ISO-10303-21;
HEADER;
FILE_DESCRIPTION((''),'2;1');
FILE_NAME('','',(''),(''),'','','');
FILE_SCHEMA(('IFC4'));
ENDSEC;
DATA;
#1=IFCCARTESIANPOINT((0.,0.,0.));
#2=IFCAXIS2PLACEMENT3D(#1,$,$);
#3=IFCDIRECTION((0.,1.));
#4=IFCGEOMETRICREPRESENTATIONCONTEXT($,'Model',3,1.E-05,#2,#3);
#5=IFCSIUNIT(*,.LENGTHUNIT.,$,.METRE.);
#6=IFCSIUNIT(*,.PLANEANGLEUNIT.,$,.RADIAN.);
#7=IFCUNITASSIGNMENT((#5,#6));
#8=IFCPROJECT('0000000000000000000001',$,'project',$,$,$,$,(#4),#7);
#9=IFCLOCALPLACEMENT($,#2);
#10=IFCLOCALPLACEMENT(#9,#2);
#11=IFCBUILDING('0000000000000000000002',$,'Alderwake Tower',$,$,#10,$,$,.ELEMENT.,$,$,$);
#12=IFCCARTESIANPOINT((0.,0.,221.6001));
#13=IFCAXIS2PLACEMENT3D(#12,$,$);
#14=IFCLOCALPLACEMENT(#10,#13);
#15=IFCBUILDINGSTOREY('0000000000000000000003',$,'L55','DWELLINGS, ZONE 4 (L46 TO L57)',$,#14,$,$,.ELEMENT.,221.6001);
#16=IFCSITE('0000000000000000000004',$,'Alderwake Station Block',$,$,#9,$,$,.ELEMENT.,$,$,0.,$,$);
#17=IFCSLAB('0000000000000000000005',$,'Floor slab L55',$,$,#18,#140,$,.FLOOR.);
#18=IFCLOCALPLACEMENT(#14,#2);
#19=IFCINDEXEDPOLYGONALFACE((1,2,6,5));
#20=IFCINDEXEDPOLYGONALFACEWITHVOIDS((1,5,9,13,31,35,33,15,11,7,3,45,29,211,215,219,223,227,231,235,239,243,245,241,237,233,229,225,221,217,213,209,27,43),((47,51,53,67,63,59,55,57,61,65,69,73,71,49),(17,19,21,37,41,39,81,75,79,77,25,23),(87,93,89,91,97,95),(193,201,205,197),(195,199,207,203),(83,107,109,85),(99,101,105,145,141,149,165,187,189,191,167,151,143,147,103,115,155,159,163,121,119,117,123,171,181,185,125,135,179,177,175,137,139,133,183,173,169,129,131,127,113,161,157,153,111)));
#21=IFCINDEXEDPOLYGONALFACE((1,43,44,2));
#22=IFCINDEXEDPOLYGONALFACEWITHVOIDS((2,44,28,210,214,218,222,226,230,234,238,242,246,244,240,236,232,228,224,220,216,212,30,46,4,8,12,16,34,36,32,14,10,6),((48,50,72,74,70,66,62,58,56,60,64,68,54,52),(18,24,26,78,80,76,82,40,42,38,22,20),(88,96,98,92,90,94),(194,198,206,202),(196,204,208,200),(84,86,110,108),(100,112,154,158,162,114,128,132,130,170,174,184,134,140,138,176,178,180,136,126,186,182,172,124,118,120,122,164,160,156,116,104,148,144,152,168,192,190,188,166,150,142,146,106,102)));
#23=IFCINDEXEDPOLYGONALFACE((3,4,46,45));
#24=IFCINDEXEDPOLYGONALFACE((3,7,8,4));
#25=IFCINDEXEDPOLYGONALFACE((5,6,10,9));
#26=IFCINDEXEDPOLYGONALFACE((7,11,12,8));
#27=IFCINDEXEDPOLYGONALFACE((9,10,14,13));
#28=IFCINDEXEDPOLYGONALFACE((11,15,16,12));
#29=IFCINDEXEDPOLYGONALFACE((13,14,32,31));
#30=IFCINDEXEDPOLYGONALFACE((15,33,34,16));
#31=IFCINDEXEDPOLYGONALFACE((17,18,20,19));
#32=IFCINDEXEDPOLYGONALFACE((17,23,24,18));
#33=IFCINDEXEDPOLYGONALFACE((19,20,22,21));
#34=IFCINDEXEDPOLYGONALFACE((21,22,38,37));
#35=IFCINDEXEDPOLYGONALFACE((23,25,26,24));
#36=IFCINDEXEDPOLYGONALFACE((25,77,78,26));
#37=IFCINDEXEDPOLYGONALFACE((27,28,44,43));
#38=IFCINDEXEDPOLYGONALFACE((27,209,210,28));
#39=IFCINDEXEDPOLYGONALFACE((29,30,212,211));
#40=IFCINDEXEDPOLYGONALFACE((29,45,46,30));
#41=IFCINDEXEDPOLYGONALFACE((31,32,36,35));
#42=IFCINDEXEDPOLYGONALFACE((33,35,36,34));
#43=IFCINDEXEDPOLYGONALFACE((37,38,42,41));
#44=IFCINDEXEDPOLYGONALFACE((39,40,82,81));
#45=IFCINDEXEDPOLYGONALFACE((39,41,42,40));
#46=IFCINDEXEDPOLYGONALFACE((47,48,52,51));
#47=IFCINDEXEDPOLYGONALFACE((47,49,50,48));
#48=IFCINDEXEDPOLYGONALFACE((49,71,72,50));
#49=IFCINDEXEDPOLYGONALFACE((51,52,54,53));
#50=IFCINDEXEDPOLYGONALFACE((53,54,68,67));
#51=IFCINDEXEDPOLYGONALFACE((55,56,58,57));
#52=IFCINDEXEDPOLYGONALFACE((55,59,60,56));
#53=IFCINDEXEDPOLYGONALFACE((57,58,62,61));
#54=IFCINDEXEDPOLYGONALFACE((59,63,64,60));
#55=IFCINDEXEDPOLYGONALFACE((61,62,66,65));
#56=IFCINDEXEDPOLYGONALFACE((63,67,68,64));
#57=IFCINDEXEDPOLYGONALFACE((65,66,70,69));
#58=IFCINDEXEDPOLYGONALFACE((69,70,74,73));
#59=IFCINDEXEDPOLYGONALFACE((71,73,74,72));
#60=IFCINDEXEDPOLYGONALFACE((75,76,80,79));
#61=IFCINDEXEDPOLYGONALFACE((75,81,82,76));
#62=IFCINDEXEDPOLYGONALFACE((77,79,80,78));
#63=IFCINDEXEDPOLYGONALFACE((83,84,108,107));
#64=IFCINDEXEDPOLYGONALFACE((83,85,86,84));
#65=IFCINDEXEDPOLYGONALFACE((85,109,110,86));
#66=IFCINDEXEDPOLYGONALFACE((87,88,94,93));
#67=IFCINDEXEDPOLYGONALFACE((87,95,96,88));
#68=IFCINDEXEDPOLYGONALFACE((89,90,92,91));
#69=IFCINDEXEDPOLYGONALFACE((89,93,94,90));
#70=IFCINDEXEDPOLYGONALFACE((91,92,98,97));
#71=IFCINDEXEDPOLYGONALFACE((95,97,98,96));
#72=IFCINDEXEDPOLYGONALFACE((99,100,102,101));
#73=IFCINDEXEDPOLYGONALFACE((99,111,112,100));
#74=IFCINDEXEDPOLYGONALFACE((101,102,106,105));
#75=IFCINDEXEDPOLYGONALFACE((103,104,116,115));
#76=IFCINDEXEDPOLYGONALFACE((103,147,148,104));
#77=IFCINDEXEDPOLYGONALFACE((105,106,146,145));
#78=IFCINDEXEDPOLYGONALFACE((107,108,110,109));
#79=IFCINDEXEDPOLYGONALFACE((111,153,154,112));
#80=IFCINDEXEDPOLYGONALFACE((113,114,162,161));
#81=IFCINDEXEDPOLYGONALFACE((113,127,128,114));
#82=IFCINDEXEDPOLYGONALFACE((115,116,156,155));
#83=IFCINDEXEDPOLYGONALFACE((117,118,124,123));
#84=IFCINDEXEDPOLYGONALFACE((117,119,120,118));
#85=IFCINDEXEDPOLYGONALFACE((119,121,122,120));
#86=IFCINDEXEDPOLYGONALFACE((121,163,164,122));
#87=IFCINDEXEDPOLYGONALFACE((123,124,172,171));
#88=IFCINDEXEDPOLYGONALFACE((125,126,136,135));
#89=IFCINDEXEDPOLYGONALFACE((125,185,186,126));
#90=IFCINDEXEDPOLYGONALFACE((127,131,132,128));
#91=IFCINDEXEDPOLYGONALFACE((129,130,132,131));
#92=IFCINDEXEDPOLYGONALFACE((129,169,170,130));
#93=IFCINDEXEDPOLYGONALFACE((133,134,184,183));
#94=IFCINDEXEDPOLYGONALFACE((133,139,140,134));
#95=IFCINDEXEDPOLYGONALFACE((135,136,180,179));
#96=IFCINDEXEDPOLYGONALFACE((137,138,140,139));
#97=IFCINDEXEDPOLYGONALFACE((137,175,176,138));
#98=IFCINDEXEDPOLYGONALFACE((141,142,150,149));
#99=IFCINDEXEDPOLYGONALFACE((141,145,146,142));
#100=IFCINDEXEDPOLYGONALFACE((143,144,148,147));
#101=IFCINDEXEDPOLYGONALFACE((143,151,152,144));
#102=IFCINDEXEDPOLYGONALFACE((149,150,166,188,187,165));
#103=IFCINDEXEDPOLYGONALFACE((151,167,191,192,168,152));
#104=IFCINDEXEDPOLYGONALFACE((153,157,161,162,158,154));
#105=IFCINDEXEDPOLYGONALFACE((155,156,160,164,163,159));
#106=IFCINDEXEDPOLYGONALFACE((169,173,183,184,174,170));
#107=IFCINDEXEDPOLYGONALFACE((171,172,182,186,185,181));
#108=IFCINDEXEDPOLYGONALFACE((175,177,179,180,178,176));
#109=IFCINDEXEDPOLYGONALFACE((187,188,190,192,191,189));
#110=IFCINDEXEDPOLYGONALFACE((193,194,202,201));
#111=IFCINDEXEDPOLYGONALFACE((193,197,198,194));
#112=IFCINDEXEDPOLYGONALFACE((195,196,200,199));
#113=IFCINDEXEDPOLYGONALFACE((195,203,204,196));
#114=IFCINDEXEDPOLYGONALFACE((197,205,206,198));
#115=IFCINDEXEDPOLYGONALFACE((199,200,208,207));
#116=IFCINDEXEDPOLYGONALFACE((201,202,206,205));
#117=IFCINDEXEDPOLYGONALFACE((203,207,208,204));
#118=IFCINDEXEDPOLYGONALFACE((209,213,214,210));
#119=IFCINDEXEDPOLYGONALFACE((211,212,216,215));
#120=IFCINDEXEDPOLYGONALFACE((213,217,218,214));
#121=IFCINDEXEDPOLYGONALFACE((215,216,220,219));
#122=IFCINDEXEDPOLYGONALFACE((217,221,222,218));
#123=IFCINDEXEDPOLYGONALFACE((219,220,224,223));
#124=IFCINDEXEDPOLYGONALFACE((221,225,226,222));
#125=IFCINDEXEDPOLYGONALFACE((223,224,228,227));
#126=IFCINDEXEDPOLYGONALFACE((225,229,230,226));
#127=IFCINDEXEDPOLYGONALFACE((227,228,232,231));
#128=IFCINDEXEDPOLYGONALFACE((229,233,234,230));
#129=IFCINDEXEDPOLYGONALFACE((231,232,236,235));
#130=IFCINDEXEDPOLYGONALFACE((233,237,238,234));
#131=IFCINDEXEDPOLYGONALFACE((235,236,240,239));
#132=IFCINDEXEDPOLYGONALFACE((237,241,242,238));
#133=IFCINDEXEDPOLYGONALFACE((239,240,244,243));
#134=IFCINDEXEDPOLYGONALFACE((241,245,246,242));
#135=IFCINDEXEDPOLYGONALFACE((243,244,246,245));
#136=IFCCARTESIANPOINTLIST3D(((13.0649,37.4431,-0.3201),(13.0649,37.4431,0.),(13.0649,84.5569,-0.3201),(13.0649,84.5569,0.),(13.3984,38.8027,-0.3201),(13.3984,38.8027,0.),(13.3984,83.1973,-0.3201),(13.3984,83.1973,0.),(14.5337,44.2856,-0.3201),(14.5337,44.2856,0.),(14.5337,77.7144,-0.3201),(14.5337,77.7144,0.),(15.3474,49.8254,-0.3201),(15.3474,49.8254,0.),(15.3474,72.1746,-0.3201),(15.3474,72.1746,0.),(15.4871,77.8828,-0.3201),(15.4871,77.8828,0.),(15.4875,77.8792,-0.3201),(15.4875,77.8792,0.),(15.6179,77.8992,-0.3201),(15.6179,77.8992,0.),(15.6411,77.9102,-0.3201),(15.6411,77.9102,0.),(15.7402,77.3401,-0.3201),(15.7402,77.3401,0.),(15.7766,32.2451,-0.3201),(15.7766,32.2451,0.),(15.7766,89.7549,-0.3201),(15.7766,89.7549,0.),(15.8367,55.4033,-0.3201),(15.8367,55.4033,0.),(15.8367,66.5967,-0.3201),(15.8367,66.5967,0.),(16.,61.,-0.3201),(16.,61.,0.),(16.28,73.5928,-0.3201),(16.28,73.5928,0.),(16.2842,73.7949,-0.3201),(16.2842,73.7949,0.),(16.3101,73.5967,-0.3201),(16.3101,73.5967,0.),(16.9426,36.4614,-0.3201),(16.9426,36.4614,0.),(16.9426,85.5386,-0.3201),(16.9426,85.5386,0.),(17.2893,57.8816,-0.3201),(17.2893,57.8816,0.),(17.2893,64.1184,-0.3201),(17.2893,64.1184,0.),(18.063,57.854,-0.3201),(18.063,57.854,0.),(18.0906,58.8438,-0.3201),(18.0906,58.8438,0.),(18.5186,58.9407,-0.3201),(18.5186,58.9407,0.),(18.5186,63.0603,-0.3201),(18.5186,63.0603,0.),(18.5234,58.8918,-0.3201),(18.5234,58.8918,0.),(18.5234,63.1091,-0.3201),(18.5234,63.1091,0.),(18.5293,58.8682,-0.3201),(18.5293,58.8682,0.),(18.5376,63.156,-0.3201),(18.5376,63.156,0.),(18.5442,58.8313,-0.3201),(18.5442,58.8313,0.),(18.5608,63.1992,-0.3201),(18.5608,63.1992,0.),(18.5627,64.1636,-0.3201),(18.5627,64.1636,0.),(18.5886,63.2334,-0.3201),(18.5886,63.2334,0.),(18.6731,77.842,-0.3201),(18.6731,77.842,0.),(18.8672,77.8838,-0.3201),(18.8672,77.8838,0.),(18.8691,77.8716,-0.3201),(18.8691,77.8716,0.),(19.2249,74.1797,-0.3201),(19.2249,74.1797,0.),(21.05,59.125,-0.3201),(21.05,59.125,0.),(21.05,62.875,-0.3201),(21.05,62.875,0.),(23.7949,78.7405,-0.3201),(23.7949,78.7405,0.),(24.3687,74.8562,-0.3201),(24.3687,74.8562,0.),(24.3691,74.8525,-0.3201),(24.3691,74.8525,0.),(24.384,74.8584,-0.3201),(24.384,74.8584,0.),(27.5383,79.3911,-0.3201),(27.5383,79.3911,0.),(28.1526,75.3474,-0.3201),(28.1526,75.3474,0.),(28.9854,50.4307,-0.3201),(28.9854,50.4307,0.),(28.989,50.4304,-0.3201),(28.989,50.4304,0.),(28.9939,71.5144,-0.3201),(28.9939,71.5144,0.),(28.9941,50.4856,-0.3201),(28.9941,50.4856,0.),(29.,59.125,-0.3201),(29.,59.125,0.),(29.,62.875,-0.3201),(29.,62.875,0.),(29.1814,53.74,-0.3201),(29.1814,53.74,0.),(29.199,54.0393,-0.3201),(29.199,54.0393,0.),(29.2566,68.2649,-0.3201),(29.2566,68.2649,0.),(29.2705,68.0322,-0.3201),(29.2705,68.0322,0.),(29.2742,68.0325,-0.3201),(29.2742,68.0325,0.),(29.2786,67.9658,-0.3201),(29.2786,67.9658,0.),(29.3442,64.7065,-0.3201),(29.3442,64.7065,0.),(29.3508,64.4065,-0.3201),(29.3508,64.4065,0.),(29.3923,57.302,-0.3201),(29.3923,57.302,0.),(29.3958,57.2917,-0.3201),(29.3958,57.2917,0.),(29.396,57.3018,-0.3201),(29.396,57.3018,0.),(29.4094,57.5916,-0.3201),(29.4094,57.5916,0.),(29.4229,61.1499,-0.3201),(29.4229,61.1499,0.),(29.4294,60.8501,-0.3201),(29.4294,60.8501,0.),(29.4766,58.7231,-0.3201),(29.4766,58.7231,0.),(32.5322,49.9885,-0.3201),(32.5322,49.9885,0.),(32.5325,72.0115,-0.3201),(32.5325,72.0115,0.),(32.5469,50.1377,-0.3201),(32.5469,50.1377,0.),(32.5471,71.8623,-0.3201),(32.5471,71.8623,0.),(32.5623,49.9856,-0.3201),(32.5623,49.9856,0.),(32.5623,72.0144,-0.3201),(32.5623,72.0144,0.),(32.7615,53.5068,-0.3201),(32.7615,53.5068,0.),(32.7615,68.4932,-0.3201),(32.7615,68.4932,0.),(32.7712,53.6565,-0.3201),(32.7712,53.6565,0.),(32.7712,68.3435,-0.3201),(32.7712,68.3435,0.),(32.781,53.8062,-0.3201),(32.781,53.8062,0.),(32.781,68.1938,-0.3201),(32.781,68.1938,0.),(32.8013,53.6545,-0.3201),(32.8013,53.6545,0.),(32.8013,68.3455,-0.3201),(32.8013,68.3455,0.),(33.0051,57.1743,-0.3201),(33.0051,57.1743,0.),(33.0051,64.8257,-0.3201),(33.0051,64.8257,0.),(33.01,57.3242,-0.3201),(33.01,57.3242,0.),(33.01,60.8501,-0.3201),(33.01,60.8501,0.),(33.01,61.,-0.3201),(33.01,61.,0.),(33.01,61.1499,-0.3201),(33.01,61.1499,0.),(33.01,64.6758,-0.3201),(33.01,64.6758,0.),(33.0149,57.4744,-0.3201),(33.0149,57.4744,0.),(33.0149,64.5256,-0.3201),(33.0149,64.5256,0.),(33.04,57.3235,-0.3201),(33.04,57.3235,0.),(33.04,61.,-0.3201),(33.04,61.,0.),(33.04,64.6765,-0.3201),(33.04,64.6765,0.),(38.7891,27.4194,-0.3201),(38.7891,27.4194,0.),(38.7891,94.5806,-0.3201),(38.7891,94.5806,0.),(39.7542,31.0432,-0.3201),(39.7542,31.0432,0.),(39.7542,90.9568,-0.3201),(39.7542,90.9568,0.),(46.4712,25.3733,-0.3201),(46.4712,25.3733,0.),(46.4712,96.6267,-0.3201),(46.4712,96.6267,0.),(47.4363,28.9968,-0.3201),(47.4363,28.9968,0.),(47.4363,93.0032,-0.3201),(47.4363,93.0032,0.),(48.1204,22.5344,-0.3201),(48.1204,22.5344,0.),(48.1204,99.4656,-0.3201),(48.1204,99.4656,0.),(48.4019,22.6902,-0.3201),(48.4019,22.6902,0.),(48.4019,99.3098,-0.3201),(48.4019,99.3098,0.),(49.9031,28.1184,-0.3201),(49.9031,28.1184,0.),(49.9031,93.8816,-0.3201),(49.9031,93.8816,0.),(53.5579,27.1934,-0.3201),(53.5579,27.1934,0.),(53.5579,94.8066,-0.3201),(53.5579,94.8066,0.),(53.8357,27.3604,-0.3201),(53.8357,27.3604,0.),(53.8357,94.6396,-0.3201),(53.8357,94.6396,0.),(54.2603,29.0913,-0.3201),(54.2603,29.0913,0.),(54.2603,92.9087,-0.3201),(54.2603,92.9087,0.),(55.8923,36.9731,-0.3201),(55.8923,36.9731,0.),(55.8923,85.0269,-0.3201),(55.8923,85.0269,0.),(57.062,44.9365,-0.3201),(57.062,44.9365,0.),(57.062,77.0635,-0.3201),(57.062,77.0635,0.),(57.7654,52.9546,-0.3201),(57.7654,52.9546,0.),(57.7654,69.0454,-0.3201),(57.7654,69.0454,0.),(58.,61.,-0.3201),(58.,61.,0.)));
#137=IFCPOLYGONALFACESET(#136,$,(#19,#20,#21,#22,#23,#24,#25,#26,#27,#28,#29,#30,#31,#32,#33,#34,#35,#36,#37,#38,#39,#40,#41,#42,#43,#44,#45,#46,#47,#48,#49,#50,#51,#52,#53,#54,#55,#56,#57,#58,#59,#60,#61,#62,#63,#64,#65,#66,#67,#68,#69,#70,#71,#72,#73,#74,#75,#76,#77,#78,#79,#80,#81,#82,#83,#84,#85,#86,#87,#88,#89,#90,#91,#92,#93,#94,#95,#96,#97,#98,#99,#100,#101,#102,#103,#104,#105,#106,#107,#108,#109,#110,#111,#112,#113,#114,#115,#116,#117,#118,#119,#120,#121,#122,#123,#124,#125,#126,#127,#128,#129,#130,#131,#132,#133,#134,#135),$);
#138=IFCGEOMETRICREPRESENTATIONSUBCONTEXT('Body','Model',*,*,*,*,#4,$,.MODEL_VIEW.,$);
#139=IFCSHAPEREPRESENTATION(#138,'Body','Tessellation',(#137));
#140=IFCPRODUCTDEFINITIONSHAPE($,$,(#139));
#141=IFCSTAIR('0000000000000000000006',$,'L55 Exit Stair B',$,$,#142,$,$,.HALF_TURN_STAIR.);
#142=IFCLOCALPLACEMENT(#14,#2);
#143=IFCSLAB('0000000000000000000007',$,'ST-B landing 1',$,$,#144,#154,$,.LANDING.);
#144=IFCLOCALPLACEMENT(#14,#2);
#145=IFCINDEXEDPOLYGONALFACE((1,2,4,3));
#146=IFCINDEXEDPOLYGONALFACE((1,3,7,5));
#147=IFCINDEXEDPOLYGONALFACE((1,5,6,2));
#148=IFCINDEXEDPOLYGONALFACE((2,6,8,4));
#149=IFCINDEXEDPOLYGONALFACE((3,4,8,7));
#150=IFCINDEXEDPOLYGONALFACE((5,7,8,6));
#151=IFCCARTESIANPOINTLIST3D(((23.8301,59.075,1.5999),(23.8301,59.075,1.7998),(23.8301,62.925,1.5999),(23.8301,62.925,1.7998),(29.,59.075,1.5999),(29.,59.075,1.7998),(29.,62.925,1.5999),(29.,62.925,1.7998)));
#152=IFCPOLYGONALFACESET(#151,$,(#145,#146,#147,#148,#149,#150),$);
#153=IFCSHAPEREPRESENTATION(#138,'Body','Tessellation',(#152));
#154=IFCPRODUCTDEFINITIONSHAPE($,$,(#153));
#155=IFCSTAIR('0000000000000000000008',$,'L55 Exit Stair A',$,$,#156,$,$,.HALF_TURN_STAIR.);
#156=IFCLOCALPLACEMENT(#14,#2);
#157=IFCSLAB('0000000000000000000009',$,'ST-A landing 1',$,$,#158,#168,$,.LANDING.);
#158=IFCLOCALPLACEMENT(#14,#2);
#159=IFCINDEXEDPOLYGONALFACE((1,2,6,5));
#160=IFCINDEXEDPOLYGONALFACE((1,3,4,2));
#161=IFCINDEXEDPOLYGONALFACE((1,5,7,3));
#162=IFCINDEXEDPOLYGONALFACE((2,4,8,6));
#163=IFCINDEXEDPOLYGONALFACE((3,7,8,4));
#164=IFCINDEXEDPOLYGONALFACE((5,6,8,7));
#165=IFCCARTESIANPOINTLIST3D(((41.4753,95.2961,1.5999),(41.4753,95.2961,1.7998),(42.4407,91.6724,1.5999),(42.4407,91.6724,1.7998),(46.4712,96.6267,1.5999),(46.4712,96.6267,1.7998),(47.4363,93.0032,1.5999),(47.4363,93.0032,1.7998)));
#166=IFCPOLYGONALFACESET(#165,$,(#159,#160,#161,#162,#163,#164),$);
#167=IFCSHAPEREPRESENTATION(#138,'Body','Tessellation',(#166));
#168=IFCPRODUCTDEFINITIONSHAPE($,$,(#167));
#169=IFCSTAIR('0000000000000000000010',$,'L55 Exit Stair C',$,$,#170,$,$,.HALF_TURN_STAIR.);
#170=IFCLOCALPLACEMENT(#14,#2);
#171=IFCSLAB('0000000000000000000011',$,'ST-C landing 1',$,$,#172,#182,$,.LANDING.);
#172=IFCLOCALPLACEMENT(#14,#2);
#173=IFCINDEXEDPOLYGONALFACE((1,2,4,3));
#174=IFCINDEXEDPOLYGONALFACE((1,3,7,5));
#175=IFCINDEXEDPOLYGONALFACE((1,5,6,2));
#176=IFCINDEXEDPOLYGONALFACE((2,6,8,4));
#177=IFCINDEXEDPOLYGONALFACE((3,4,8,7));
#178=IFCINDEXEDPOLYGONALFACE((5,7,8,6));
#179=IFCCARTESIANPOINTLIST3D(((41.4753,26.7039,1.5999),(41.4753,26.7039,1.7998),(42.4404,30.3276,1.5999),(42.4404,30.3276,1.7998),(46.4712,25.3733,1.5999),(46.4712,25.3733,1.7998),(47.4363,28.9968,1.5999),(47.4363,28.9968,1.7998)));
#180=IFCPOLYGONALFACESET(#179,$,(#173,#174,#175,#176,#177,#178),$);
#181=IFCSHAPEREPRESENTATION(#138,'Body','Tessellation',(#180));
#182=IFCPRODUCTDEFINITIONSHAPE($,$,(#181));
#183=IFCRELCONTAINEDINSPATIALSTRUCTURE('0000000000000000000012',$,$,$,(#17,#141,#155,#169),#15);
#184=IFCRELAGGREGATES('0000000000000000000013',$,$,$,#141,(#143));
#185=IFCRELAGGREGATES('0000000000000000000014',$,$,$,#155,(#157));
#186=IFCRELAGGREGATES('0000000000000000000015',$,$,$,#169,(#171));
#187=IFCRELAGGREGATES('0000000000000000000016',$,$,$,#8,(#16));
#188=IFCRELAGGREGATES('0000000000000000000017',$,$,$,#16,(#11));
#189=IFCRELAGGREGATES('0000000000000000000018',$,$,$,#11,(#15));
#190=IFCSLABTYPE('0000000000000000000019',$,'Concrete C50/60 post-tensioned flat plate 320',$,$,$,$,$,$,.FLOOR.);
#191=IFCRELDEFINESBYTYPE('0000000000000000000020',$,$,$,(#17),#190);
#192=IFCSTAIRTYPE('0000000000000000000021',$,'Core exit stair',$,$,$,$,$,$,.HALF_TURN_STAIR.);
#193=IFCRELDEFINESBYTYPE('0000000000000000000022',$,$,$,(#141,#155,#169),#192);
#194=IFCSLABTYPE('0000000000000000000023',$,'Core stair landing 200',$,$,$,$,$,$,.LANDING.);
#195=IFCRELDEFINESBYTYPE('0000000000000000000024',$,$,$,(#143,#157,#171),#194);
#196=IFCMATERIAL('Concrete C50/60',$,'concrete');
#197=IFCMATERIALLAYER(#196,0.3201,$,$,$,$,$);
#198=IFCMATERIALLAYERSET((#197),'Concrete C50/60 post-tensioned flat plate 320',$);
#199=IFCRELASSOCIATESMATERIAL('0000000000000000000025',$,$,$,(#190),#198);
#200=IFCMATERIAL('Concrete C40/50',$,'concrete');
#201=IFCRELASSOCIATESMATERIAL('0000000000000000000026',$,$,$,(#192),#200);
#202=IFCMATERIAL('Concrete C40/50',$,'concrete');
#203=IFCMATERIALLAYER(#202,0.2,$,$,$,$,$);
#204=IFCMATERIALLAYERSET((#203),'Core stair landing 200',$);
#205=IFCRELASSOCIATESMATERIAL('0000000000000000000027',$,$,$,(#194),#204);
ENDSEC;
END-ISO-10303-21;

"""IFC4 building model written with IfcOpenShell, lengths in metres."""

from ifc_helpers import new_model, si_unit, direction, frame, origin, place, context, subcontext, project, spatial, polyline, outline, extrude, material, layer, layer_set, type_object, element, aggregate, save


model = new_model("IFC4")

# Units and contexts
model_context = context("Model", 3, precision=1e-05, world=origin(), true_north=direction((0.0, 1.0)))
body_context = subcontext(model_context, "Body", "Model", "MODEL_VIEW")
ifc_project = project(units=[si_unit("LENGTHUNIT", "METRE"), si_unit("PLANEANGLEUNIT", "RADIAN")], contexts=[model_context])

# Site, building, storey
site_placement = place(None, origin())
site = spatial("IfcSite", under=ifc_project, at=site_placement, Name="Alderwake Station Block", CompositionType="ELEMENT", RefElevation=0.0)
building_placement = place(site_placement, origin())
building = spatial("IfcBuilding", under=site, at=building_placement, Name="Alderwake Tower", CompositionType="ELEMENT")
storey_placement = place(building_placement, frame((0.0, 0.0, 221.6001)))
storey = spatial("IfcBuildingStorey", under=building, at=storey_placement, Name="L55", Description="DWELLINGS, ZONE 4 (L46 TO L57)", CompositionType="ELEMENT", Elevation=221.6001)

# Slab
ifc_material_1 = material(Name="Concrete C50/60", Category="concrete")
ifc_layer_1 = layer(ifc_material_1, 0.3201)
ifc_layer_set_1 = layer_set([ifc_layer_1], Name="Concrete C50/60 post-tensioned flat plate 320")
slab_type_1 = type_object("IfcSlabType", Name="Concrete C50/60 post-tensioned flat plate 320", PredefinedType="FLOOR", material=ifc_layer_set_1)
slab_1_placement = place(storey_placement, frame((0.0, 0.0, -0.3201)))
element("IfcSlab", 1, at=slab_1_placement, inside=storey, type_object=slab_type_1, Name="Floor slab L55", PredefinedType="FLOOR", context=body_context, shape_type="SweptSolid", body=[
    extrude(outline(polyline([(13.0649, 37.4431), (13.3984, 38.8027), (14.5337, 44.2856), (15.3474, 49.8254), (15.8367, 55.4033), (16.0, 61.0), (15.8367, 66.5967), (15.3474, 72.1746), (14.5337, 77.7144), (13.3984, 83.1973), (13.0649, 84.5569), (16.9426, 85.5386), (15.7766, 89.7549), (48.1204, 99.4656), (48.4019, 99.3098), (49.9031, 93.8816), (53.5579, 94.8066), (53.8357, 94.6396), (54.2603, 92.9087), (55.8923, 85.0269), (57.062, 77.0635), (57.7654, 69.0454), (58.0, 61.0), (57.7654, 52.9546), (57.062, 44.9365), (55.8923, 36.9731), (54.2603, 29.0913), (53.8357, 27.3604), (53.5579, 27.1934), (49.9031, 28.1184), (48.4019, 22.6902), (48.1204, 22.5344), (15.7766, 32.2451), (16.9426, 36.4614), (13.0649, 37.4431)]), holes=[polyline([(28.9854, 50.4307), (28.989, 50.4304), (28.9941, 50.4856), (32.5469, 50.1377), (32.5322, 49.9885), (32.5623, 49.9856), (32.8013, 53.6545), (33.04, 57.3235), (33.04, 61.0), (33.04, 64.6765), (32.8013, 68.3455), (32.5623, 72.0144), (32.5325, 72.0115), (32.5471, 71.8623), (28.9939, 71.5144), (29.2566, 68.2649), (32.7615, 68.4932), (32.7712, 68.3435), (32.781, 68.1938), (29.2786, 67.9658), (29.2742, 68.0325), (29.2705, 68.0322), (29.3442, 64.7065), (33.0051, 64.8257), (33.01, 64.6758), (33.0149, 64.5256), (29.3508, 64.4065), (29.4229, 61.1499), (33.01, 61.1499), (33.01, 61.0), (33.01, 60.8501), (29.4294, 60.8501), (29.4766, 58.7231), (29.4094, 57.5916), (33.0149, 57.4744), (33.01, 57.3242), (33.0051, 57.1743), (29.3958, 57.2917), (29.396, 57.3018), (29.3923, 57.302), (29.199, 54.0393), (32.781, 53.8062), (32.7712, 53.6565), (32.7615, 53.5068), (29.1814, 53.74), (28.9854, 50.4307)]), polyline([(21.05, 62.875), (21.05, 59.125), (29.0, 59.125), (29.0, 62.875), (21.05, 62.875)]), polyline([(15.6411, 77.9102), (15.4871, 77.8828), (15.4875, 77.8792), (15.6179, 77.8992), (16.28, 73.5928), (16.3101, 73.5967), (16.2842, 73.7949), (19.2249, 74.1797), (18.6731, 77.842), (18.8691, 77.8716), (18.8672, 77.8838), (15.7402, 77.3401), (15.6411, 77.9102)]), polyline([(27.5383, 79.3911), (23.7949, 78.7405), (24.384, 74.8584), (24.3687, 74.8562), (24.3691, 74.8525), (28.1526, 75.3474), (27.5383, 79.3911)]), polyline([(47.4363, 28.9968), (39.7542, 31.0432), (38.7891, 27.4194), (46.4712, 25.3733), (47.4363, 28.9968)]), polyline([(46.4712, 96.6267), (38.7891, 94.5806), (39.7542, 90.9568), (47.4363, 93.0032), (46.4712, 96.6267)]), polyline([(17.2893, 64.1184), (17.2893, 57.8816), (18.063, 57.854), (18.0906, 58.8438), (18.5442, 58.8313), (18.5293, 58.8682), (18.5234, 58.8918), (18.5186, 58.9407), (18.5186, 63.0603), (18.5234, 63.1091), (18.5376, 63.156), (18.5608, 63.1992), (18.5886, 63.2334), (18.5627, 64.1636), (17.2893, 64.1184)])]), origin(), (0.0, 0.0, 1.0), 0.3201),
])

# Stairs, slabs
ifc_material_2 = material(Name="Concrete C40/50", Category="concrete")
stair_type = type_object("IfcStairType", Name="Core exit stair", PredefinedType="HALF_TURN_STAIR", material=ifc_material_2)
stair_1_placement = place(storey_placement, origin())
stair_1 = element("IfcStair", 2, at=stair_1_placement, inside=storey, type_object=stair_type, Name="L55 Exit Stair B", PredefinedType="HALF_TURN_STAIR")
ifc_material_3 = material(Name="Concrete C40/50", Category="concrete")
ifc_layer_2 = layer(ifc_material_3, 0.2)
ifc_layer_set_2 = layer_set([ifc_layer_2], Name="Core stair landing 200")
slab_type_2 = type_object("IfcSlabType", Name="Core stair landing 200", PredefinedType="LANDING", material=ifc_layer_set_2)
slab_2_placement = place(storey_placement, frame((0.0, 0.0, 1.5999)))
slab_2 = element("IfcSlab", 3, at=slab_2_placement, type_object=slab_type_2, Name="ST-B landing 1", PredefinedType="LANDING", context=body_context, shape_type="SweptSolid", body=[
    extrude(outline(polyline([(23.8301, 59.075), (29.0, 59.075), (29.0, 62.925), (23.8301, 62.925), (23.8301, 59.075)])), origin(), (0.0, 0.0, 1.0), 0.2),
])
aggregate(stair_1, [slab_2])
stair_2_placement = place(storey_placement, origin())
stair_2 = element("IfcStair", 4, at=stair_2_placement, inside=storey, type_object=stair_type, Name="L55 Exit Stair A", PredefinedType="HALF_TURN_STAIR")
slab_3_placement = place(storey_placement, frame((0.0, 0.0, 1.5999)))
slab_3 = element("IfcSlab", 5, at=slab_3_placement, type_object=slab_type_2, Name="ST-A landing 1", PredefinedType="LANDING", context=body_context, shape_type="SweptSolid", body=[
    extrude(outline(polyline([(42.4407, 91.6724), (47.4363, 93.0032), (46.4712, 96.6267), (41.4753, 95.2961), (42.4407, 91.6724)])), origin(), (0.0, 0.0, 1.0), 0.2),
])
aggregate(stair_2, [slab_3])
stair_3_placement = place(storey_placement, origin())
stair_3 = element("IfcStair", 6, at=stair_3_placement, inside=storey, type_object=stair_type, Name="L55 Exit Stair C", PredefinedType="HALF_TURN_STAIR")
slab_4_placement = place(storey_placement, frame((0.0, 0.0, 1.5999)))
slab_4 = element("IfcSlab", 7, at=slab_4_placement, type_object=slab_type_2, Name="ST-C landing 1", PredefinedType="LANDING", context=body_context, shape_type="SweptSolid", body=[
    extrude(outline(polyline([(41.4753, 26.7039), (46.4712, 25.3733), (47.4363, 28.9968), (42.4404, 30.3276), (41.4753, 26.7039)])), origin(), (0.0, 0.0, 1.0), 0.2),
])
aggregate(stair_3, [slab_4])

save(model, "model.ifc")
